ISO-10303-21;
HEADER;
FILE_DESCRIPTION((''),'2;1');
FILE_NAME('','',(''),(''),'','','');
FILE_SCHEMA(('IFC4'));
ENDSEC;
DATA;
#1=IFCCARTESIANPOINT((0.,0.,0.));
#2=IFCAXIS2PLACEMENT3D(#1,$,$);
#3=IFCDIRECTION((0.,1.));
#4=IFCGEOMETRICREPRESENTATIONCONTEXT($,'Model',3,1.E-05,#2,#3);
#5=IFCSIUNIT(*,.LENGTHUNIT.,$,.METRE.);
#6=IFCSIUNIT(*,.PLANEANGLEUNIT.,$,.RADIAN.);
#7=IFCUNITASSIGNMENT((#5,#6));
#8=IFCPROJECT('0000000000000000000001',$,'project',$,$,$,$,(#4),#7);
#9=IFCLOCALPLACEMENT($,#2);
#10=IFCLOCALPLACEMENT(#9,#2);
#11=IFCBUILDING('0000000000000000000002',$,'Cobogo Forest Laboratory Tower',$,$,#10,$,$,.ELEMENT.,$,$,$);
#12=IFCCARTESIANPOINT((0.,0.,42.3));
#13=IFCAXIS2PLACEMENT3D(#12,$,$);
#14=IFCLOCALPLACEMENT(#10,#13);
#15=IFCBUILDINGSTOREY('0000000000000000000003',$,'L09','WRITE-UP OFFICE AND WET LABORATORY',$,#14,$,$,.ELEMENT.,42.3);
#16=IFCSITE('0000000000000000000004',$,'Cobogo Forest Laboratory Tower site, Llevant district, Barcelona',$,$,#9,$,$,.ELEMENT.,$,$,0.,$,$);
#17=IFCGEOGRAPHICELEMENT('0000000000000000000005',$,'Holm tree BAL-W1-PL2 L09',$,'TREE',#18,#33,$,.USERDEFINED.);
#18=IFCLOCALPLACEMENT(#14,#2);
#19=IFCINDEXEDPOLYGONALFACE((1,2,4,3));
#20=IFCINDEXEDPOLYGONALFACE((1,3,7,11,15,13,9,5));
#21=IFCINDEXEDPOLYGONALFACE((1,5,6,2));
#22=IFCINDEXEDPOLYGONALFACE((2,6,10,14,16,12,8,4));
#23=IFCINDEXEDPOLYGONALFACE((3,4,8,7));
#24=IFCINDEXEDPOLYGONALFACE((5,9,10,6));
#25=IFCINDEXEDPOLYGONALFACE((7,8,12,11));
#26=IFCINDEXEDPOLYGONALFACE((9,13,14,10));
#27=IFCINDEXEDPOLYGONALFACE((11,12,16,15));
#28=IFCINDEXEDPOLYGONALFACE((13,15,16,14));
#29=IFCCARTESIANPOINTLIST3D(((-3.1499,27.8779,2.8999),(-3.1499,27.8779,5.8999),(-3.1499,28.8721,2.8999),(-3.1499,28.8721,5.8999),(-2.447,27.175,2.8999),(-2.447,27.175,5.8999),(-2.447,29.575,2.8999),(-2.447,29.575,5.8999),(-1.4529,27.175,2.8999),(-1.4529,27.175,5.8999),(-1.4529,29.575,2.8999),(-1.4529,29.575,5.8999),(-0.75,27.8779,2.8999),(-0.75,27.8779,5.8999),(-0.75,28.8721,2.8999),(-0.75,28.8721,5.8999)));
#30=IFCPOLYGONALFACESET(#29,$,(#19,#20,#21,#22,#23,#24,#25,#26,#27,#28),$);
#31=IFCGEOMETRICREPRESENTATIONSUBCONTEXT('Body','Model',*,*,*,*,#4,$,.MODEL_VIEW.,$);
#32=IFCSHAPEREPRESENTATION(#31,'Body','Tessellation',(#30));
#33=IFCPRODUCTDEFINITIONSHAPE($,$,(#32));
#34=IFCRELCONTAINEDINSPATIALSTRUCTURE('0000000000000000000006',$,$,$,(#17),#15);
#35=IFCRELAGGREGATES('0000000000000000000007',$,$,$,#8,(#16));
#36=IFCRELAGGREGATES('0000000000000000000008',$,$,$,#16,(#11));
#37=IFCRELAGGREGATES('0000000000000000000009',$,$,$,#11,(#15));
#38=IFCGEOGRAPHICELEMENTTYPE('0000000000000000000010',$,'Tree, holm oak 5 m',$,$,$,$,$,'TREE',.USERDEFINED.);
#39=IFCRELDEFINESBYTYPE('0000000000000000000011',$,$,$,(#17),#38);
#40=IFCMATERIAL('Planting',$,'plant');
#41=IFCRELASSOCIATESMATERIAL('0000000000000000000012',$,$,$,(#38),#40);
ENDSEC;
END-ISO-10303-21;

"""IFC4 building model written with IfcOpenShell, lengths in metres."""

from ifc_helpers import new_model, si_unit, direction, frame, origin, place, context, subcontext, project, spatial, polyline, outline, extrude, material, type_object, element, save


model = new_model("IFC4")

# Units and contexts
model_context = context("Model", 3, precision=1e-05, world=origin(), true_north=direction((0.0, 1.0)))
body_context = subcontext(model_context, "Body", "Model", "MODEL_VIEW")
ifc_project = project(units=[si_unit("LENGTHUNIT", "METRE"), si_unit("PLANEANGLEUNIT", "RADIAN")], contexts=[model_context])

# Site, building, storey
site_placement = place(None, origin())
site = spatial("IfcSite", under=ifc_project, at=site_placement, Name="Cobogo Forest Laboratory Tower site, Llevant district, Barcelona", CompositionType="ELEMENT", RefElevation=0.0)
building_placement = place(site_placement, origin())
building = spatial("IfcBuilding", under=site, at=building_placement, Name="Cobogo Forest Laboratory Tower", CompositionType="ELEMENT")
storey_placement = place(building_placement, frame((0.0, 0.0, 42.3)))
storey = spatial("IfcBuildingStorey", under=building, at=storey_placement, Name="L09", Description="WRITE-UP OFFICE AND WET LABORATORY", CompositionType="ELEMENT", Elevation=42.3)

# Geographic element
ifc_material_1 = material(Name="Planting", Category="plant")
geographic_element_type = type_object("IfcGeographicElementType", Name="Tree, holm oak 5 m", ElementType="TREE", PredefinedType="USERDEFINED", material=ifc_material_1)
geographic_element_1_placement = place(storey_placement, frame((0.0, 0.0, 2.8999)))
element("IfcGeographicElement", 1, at=geographic_element_1_placement, inside=storey, type_object=geographic_element_type, Name="Holm tree BAL-W1-PL2 L09", ObjectType="TREE", PredefinedType="USERDEFINED", context=body_context, shape_type="SweptSolid", body=[
    extrude(outline(polyline([(-0.75, 27.8779), (-0.75, 28.8721), (-1.4529, 29.575), (-2.447, 29.575), (-3.1499, 28.8721), (-3.1499, 27.8779), (-2.447, 27.175), (-1.4529, 27.175), (-0.75, 27.8779)])), origin(), (0.0, 0.0, 1.0), 3.0),
])

save(model, "model.ifc")
